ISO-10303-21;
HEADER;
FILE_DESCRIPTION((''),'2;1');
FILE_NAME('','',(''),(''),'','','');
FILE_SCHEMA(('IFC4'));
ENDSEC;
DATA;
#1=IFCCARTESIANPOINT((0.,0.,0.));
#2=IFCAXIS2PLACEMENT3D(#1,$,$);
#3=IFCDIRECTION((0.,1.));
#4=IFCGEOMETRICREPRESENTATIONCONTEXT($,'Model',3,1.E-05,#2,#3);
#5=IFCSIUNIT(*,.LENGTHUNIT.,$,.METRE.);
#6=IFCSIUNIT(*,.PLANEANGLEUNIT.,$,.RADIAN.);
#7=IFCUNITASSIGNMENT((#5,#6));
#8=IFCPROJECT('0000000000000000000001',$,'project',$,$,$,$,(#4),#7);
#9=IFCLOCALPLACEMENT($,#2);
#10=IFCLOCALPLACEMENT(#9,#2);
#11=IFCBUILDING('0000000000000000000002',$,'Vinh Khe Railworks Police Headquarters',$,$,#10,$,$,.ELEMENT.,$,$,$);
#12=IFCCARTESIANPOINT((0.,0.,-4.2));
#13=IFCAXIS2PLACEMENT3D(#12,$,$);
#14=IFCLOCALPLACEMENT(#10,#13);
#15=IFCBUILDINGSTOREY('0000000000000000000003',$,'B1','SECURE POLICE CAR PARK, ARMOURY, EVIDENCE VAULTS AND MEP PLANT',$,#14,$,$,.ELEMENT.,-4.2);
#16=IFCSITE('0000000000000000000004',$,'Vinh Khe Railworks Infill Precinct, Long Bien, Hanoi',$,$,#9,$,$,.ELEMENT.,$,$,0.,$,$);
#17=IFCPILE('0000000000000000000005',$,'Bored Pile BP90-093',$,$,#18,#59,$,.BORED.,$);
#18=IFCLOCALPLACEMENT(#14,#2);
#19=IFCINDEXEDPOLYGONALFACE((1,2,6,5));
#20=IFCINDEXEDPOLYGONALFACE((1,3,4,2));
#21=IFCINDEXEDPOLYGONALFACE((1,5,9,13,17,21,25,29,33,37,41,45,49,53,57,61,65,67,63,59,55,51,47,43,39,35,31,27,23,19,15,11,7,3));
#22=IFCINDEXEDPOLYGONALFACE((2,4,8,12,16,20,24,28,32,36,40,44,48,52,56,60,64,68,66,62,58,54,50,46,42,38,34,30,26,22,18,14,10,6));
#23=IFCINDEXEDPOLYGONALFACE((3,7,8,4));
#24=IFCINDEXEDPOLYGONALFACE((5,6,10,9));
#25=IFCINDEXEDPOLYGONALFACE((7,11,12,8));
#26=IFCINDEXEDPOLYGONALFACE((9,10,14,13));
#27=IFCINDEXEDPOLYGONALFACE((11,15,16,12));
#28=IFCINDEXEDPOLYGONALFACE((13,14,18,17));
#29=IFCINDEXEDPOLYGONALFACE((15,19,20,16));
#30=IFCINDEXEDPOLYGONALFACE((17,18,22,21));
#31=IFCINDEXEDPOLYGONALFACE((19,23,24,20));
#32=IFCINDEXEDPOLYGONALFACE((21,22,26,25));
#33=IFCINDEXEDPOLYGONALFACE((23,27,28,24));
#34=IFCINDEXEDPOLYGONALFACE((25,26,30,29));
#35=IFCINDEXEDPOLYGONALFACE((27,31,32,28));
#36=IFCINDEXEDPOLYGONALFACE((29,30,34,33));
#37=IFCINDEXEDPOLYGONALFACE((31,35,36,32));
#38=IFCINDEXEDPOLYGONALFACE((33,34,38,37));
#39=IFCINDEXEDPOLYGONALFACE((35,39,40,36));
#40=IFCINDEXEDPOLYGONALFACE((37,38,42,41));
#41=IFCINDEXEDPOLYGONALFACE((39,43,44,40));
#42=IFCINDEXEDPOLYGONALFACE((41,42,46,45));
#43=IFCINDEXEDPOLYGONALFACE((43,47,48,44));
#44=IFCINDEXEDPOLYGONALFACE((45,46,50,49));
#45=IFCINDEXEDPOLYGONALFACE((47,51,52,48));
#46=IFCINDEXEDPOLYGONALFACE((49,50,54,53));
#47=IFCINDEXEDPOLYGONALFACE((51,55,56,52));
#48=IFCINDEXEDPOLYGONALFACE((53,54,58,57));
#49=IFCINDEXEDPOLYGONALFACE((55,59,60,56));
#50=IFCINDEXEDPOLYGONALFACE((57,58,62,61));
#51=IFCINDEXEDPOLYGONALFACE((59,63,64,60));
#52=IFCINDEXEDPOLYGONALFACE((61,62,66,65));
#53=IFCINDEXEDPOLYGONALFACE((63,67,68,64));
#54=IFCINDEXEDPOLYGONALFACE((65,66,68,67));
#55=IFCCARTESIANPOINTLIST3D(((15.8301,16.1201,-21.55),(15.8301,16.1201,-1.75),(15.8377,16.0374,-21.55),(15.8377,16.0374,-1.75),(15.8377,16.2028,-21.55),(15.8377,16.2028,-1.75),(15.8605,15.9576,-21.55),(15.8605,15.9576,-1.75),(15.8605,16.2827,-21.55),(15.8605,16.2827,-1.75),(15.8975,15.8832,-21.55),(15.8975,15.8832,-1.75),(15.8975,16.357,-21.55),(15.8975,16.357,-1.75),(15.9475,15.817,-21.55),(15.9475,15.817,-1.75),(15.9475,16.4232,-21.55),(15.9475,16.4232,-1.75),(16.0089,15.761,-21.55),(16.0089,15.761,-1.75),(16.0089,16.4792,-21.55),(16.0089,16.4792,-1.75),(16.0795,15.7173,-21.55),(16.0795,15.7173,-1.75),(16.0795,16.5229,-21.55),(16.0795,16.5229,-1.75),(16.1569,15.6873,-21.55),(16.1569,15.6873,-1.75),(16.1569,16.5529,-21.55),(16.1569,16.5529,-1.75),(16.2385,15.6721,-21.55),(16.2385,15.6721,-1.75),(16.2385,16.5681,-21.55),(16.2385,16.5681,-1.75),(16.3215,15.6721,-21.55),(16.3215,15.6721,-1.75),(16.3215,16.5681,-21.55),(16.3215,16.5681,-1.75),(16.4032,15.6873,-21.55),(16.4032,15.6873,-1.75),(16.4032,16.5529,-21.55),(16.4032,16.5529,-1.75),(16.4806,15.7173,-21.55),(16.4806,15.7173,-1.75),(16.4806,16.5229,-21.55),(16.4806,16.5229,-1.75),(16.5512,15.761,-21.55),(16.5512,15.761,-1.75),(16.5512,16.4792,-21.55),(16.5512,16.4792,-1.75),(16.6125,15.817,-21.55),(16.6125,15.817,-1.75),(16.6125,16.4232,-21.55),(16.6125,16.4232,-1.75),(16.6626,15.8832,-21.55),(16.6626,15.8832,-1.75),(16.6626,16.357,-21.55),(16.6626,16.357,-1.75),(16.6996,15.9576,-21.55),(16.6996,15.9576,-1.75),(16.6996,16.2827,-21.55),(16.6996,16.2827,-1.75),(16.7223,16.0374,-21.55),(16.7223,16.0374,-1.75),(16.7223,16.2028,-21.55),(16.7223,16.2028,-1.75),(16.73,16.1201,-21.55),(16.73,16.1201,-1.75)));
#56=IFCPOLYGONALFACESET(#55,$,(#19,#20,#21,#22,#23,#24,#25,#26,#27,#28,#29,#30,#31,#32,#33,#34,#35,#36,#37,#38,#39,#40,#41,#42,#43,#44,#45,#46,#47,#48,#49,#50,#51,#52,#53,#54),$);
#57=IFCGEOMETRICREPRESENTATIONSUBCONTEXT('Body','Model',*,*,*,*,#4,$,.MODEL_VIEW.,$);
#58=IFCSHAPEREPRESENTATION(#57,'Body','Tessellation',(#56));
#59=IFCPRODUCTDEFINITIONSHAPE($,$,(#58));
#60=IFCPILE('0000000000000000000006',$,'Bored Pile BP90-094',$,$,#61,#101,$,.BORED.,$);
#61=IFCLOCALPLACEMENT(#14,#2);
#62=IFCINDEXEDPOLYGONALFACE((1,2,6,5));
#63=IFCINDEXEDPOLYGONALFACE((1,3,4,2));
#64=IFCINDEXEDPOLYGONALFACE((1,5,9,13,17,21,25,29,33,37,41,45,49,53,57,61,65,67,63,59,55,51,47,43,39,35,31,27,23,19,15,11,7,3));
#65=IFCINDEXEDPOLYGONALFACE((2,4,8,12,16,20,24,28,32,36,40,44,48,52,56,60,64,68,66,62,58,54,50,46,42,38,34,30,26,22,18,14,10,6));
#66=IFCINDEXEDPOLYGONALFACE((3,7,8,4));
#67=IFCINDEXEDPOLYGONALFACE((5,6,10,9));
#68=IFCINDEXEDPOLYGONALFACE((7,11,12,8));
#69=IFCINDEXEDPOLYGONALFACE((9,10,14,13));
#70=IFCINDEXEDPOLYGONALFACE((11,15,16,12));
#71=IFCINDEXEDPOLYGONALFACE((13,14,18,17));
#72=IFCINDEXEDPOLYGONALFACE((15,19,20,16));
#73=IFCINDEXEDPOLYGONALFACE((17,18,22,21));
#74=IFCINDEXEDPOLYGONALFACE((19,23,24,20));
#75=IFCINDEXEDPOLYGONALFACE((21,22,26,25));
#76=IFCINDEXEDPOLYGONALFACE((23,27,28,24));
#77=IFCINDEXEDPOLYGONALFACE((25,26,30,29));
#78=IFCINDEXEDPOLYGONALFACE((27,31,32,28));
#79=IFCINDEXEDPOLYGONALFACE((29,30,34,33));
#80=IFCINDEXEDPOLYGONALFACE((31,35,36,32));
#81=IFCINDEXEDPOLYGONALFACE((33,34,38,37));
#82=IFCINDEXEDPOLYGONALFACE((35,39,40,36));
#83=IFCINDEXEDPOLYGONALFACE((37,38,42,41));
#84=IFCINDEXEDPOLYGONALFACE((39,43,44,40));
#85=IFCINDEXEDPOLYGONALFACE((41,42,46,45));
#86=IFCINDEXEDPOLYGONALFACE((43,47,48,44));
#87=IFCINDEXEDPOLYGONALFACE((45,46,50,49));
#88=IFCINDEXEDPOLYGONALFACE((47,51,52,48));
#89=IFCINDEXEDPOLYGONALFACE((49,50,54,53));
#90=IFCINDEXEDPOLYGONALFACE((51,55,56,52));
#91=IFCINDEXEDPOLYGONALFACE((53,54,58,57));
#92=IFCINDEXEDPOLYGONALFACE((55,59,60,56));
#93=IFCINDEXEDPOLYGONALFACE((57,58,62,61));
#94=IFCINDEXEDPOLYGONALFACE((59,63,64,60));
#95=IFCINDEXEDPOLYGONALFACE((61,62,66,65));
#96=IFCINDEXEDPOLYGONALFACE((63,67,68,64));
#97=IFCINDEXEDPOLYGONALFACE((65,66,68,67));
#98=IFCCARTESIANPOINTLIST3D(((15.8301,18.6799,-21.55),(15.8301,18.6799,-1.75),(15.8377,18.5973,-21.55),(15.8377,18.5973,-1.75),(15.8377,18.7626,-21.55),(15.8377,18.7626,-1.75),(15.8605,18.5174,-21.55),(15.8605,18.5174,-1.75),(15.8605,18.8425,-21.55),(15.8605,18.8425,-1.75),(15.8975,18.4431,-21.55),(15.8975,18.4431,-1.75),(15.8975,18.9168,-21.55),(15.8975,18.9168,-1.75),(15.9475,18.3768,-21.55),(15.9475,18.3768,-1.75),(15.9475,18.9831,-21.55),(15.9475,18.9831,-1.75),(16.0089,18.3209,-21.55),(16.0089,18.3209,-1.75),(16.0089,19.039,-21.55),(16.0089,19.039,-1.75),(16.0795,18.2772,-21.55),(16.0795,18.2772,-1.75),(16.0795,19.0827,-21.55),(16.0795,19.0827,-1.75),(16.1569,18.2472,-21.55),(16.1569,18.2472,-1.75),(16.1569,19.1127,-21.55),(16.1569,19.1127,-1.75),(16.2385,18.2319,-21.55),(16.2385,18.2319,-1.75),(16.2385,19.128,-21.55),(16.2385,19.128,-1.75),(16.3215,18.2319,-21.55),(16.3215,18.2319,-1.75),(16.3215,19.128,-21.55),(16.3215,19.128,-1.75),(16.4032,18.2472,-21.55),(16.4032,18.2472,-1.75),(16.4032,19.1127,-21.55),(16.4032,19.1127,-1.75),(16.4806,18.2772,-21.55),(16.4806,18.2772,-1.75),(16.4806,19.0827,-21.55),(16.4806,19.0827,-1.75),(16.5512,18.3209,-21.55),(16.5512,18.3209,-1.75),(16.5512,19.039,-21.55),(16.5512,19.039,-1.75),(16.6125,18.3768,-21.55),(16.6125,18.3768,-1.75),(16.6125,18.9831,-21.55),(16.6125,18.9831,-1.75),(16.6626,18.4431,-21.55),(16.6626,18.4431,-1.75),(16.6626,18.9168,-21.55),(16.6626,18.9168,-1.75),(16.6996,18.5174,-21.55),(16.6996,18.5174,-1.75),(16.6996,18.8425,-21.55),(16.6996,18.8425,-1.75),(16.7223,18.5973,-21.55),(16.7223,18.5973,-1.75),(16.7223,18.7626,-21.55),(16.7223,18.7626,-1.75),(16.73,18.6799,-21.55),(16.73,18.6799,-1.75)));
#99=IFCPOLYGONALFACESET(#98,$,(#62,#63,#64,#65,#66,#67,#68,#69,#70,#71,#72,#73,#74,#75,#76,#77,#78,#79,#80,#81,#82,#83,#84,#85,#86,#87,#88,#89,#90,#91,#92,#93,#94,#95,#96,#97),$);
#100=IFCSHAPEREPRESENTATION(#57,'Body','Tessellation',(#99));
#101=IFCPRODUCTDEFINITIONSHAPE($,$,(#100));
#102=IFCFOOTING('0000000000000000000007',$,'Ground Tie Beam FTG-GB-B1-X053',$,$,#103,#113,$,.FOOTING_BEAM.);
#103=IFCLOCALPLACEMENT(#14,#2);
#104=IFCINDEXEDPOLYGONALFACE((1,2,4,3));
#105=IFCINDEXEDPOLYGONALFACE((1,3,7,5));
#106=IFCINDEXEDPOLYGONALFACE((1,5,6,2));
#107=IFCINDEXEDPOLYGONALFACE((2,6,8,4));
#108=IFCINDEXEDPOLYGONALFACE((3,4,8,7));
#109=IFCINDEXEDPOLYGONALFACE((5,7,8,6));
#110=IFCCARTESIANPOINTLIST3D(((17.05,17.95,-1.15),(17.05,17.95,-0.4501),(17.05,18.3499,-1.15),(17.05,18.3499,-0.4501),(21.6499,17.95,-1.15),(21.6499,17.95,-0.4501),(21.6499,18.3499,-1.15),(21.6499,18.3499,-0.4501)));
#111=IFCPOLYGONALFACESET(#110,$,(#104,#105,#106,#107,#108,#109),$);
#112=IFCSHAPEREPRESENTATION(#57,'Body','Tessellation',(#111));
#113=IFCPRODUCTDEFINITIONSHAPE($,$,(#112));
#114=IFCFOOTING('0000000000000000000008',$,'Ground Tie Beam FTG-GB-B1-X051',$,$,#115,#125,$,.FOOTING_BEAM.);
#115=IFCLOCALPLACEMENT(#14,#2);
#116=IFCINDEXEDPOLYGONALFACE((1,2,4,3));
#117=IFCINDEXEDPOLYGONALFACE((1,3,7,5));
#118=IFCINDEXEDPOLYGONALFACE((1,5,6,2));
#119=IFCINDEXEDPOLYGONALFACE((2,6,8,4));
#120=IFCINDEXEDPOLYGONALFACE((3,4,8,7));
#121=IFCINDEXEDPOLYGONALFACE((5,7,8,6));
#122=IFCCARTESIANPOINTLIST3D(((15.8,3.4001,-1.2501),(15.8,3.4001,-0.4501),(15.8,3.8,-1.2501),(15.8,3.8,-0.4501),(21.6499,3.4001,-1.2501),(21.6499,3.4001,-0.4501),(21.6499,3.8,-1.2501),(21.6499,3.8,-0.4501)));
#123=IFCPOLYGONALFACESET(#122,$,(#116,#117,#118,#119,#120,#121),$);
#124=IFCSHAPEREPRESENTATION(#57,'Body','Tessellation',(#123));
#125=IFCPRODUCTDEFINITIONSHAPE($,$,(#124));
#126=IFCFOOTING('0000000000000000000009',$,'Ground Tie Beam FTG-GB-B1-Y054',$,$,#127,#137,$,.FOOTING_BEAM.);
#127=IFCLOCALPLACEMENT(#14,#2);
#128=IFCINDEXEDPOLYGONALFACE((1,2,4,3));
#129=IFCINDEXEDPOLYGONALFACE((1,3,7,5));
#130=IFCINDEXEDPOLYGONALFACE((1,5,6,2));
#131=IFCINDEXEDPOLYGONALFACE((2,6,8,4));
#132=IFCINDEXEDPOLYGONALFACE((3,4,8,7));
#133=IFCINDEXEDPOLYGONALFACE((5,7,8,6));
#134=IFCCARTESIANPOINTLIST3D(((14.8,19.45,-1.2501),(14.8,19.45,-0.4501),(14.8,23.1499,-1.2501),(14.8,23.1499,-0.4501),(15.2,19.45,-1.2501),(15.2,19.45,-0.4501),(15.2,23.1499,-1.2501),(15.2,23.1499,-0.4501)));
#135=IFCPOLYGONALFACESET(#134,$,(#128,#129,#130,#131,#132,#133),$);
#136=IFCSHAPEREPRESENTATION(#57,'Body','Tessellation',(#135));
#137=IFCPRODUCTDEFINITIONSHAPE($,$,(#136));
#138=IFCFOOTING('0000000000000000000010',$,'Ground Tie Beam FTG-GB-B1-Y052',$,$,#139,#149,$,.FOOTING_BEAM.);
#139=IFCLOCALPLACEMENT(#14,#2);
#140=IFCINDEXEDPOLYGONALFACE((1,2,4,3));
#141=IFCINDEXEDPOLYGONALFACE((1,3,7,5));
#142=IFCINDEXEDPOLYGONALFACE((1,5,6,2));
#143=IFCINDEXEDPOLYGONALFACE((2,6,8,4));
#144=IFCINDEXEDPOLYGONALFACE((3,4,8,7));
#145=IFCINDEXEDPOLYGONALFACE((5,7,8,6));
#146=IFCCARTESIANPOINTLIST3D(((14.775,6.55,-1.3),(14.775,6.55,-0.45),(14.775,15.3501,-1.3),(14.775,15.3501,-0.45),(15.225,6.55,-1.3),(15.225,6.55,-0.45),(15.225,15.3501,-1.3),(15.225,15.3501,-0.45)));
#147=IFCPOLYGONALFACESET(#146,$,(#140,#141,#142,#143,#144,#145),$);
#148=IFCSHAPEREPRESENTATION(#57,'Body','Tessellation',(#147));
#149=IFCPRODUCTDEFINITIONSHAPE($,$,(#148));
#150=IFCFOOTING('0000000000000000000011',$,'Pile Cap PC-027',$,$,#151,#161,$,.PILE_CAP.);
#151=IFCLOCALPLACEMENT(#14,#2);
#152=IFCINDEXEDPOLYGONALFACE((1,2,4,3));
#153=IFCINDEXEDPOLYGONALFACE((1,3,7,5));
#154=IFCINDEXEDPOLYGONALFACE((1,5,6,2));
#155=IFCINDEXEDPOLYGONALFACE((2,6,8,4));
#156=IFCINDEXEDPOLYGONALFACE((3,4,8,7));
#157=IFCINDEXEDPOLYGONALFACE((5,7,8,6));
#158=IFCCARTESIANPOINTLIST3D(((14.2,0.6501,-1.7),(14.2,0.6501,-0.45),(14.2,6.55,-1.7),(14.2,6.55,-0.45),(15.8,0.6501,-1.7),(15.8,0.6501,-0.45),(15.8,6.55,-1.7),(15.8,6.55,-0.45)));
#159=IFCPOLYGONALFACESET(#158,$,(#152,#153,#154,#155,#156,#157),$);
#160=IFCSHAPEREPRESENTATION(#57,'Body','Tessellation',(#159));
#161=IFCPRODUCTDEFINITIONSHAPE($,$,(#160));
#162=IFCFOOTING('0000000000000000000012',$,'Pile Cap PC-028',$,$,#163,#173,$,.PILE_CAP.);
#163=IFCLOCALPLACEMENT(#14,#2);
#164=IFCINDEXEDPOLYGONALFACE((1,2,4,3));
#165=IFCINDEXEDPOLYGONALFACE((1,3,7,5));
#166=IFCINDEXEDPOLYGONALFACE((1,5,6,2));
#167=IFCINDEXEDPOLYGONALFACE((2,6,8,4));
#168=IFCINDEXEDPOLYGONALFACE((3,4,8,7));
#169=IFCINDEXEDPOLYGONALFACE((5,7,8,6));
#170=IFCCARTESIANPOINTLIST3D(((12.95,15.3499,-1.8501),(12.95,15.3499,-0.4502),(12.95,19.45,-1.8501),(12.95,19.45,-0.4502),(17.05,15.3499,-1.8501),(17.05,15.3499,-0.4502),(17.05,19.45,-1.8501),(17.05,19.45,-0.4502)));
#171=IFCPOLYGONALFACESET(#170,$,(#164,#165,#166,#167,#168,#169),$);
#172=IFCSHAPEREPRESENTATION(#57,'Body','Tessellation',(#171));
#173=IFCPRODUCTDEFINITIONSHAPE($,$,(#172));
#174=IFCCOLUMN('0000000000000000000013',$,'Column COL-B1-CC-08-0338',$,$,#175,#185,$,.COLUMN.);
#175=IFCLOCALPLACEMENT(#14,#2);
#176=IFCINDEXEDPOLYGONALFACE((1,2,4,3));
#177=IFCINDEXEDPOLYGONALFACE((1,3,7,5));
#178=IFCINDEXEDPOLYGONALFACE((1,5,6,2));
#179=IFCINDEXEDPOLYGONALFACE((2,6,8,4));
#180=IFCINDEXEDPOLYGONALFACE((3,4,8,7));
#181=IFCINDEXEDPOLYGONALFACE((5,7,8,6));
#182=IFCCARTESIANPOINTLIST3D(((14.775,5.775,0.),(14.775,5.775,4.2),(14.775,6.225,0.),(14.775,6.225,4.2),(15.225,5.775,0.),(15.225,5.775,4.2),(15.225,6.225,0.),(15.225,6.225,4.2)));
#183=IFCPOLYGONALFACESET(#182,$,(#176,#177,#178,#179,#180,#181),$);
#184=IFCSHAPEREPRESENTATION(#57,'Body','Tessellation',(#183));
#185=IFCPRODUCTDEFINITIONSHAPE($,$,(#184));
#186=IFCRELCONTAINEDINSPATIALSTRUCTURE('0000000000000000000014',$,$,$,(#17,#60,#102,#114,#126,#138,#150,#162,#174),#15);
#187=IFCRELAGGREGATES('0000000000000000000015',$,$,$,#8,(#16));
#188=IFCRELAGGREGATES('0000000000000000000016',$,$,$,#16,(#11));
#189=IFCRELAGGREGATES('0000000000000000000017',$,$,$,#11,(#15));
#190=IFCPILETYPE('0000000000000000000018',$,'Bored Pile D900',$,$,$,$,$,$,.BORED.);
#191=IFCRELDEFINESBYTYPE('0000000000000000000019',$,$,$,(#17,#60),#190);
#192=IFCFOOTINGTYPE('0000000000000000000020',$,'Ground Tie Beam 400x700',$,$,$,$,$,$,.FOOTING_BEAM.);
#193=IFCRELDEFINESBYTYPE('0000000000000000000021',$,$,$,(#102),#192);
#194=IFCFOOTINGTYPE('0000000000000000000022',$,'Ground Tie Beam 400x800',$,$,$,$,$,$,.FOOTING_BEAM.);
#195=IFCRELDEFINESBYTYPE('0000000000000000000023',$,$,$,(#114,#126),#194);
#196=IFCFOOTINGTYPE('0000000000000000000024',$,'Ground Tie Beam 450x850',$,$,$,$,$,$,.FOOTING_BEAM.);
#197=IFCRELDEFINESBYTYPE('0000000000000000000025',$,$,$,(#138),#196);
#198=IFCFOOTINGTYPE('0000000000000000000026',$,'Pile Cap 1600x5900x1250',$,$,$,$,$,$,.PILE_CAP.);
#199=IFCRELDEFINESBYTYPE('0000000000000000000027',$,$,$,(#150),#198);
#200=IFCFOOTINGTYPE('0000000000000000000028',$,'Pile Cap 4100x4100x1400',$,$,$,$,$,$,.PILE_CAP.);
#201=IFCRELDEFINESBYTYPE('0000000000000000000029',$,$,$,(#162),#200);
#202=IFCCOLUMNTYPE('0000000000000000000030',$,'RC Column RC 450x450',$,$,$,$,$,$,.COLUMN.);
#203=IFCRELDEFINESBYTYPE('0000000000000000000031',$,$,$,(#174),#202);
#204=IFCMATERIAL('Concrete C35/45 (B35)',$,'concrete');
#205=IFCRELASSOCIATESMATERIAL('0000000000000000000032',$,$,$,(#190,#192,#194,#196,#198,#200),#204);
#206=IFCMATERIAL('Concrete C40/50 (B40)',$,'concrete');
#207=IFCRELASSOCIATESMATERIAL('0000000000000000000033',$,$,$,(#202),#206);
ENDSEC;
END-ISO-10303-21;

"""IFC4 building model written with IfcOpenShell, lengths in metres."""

from ifc_helpers import new_model, si_unit, direction, frame, origin, origin_2d, place, context, subcontext, project, spatial, rectangle, circle, extrude, material, material_profile, profile_set, type_object, element, save


model = new_model("IFC4")

# Units and contexts
model_context = context("Model", 3, precision=1e-05, world=origin(), true_north=direction((0.0, 1.0)))
body_context = subcontext(model_context, "Body", "Model", "MODEL_VIEW")
ifc_project = project(units=[si_unit("LENGTHUNIT", "METRE"), si_unit("PLANEANGLEUNIT", "RADIAN")], contexts=[model_context])

# Site, building, storey
site_placement = place(None, origin())
site = spatial("IfcSite", under=ifc_project, at=site_placement, Name="Vinh Khe Railworks Infill Precinct, Long Bien, Hanoi", CompositionType="ELEMENT", RefElevation=0.0)
building_placement = place(site_placement, origin())
building = spatial("IfcBuilding", under=site, at=building_placement, Name="Vinh Khe Railworks Police Headquarters", CompositionType="ELEMENT")
storey_placement = place(building_placement, frame((0.0, 0.0, -4.2)))
storey = spatial("IfcBuildingStorey", under=building, at=storey_placement, Name="B1", Description="SECURE POLICE CAR PARK, ARMOURY, EVIDENCE VAULTS AND MEP PLANT", CompositionType="ELEMENT", Elevation=-4.2)

# Piles
ifc_material_1 = material(Name="Concrete C35/45 (B35)", Category="concrete")
ifc_material_profile_1 = material_profile(ifc_material_1, circle(Radius=0.45, at=origin_2d()), Name="BORED PILE D900")
ifc_profile_set_1 = profile_set([ifc_material_profile_1], Name="Concrete C35/45 (B35)")
pile_type = type_object("IfcPileType", Name="Bored Pile D900", PredefinedType="BORED", material=ifc_profile_set_1)
for number, where, z_axis, x_axis, name in (
    (1, (16.28, 16.1201, -1.75), (0.0, 0.0, -1.0), (1.0, 0.0, 0.0), "Bored Pile BP90-093"),
    (2, (16.28, 18.6799, -1.75), (0.0, 0.0, -1.0), (1.0, 0.0, 0.0), "Bored Pile BP90-094"),
):
    element("IfcPile", number, at=place(storey_placement, frame(where, z_axis=z_axis, x_axis=x_axis)), inside=storey, type_object=pile_type, Name=name, PredefinedType="BORED", context=body_context, shape_type="SweptSolid", body=[
        extrude(circle(Radius=0.45, at=origin_2d()), origin(), (0.0, 0.0, 1.0), 19.8),
    ])

# Footings
ifc_material_profile_2 = material_profile(ifc_material_1, rectangle(XDim=0.3999, YDim=0.7, at=origin_2d()), Name="RC 400x700")
ifc_profile_set_2 = profile_set([ifc_material_profile_2], Name="Concrete C35/45 (B35)")
footing_type_1 = type_object("IfcFootingType", Name="Ground Tie Beam 400x700", PredefinedType="FOOTING_BEAM", material=ifc_profile_set_2)
footing_1_placement = place(storey_placement, frame((17.05, 18.1499, -0.8), z_axis=(1.0, 0.0, 0.0), x_axis=(0.0, 1.0, 0.0)))
element("IfcFooting", 3, at=footing_1_placement, inside=storey, type_object=footing_type_1, Name="Ground Tie Beam FTG-GB-B1-X053", PredefinedType="FOOTING_BEAM", context=body_context, shape_type="SweptSolid", body=[
    extrude(rectangle(XDim=0.3999, YDim=0.7, at=origin_2d()), origin(), (0.0, 0.0, 1.0), 4.5999),
])
ifc_material_profile_3 = material_profile(ifc_material_1, rectangle(XDim=0.3999, YDim=0.8, at=origin_2d()), Name="RC 400x800")
ifc_profile_set_3 = profile_set([ifc_material_profile_3], Name="Concrete C35/45 (B35)")
footing_type_2 = type_object("IfcFootingType", Name="Ground Tie Beam 400x800", PredefinedType="FOOTING_BEAM", material=ifc_profile_set_3)
footing_2_placement = place(storey_placement, frame((15.8, 3.6001, -0.8501), z_axis=(1.0, 0.0, 0.0), x_axis=(0.0, 1.0, 0.0)))
element("IfcFooting", 4, at=footing_2_placement, inside=storey, type_object=footing_type_2, Name="Ground Tie Beam FTG-GB-B1-X051", PredefinedType="FOOTING_BEAM", context=body_context, shape_type="SweptSolid", body=[
    extrude(rectangle(XDim=0.3999, YDim=0.8, at=origin_2d()), origin(), (0.0, 0.0, 1.0), 5.8499),
])
footing_3_placement = place(storey_placement, frame((15.0, 19.45, -0.8501), z_axis=(0.0, 1.0, 0.0), x_axis=(-1.0, 0.0, 0.0)))
element("IfcFooting", 5, at=footing_3_placement, inside=storey, type_object=footing_type_2, Name="Ground Tie Beam FTG-GB-B1-Y054", PredefinedType="FOOTING_BEAM", context=body_context, shape_type="SweptSolid", body=[
    extrude(rectangle(XDim=0.3999, YDim=0.8, at=origin_2d()), origin(), (0.0, 0.0, 1.0), 3.7),
])
ifc_material_profile_4 = material_profile(ifc_material_1, rectangle(XDim=0.45, YDim=0.8501, at=origin_2d()), Name="RC 450x850")
ifc_profile_set_4 = profile_set([ifc_material_profile_4], Name="Concrete C35/45 (B35)")
footing_type_3 = type_object("IfcFootingType", Name="Ground Tie Beam 450x850", PredefinedType="FOOTING_BEAM", material=ifc_profile_set_4)
footing_4_placement = place(storey_placement, frame((15.0, 6.55, -0.875), z_axis=(0.0, 1.0, 0.0), x_axis=(-1.0, 0.0, 0.0)))
element("IfcFooting", 6, at=footing_4_placement, inside=storey, type_object=footing_type_3, Name="Ground Tie Beam FTG-GB-B1-Y052", PredefinedType="FOOTING_BEAM", context=body_context, shape_type="SweptSolid", body=[
    extrude(rectangle(XDim=0.45, YDim=0.8501, at=origin_2d()), origin(), (0.0, 0.0, 1.0), 8.8),
])
footing_type_4 = type_object("IfcFootingType", Name="Pile Cap 1600x5900x1250", PredefinedType="PILE_CAP", material=ifc_material_1)
footing_5_placement = place(storey_placement, frame((15.0, 3.6001, -1.7), z_axis=(0.0, 0.0, 1.0), x_axis=(1.0, 0.0, 0.0)))
element("IfcFooting", 7, at=footing_5_placement, inside=storey, type_object=footing_type_4, Name="Pile Cap PC-027", PredefinedType="PILE_CAP", context=body_context, shape_type="SweptSolid", body=[
    extrude(rectangle(XDim=1.6001, YDim=5.8999, at=origin_2d()), origin(), (0.0, 0.0, 1.0), 1.25),
])
footing_type_5 = type_object("IfcFootingType", Name="Pile Cap 4100x4100x1400", PredefinedType="PILE_CAP", material=ifc_material_1)
footing_6_placement = place(storey_placement, frame((15.0, 17.3999, -1.8501), z_axis=(0.0, 0.0, 1.0), x_axis=(1.0, 0.0, 0.0)))
element("IfcFooting", 8, at=footing_6_placement, inside=storey, type_object=footing_type_5, Name="Pile Cap PC-028", PredefinedType="PILE_CAP", context=body_context, shape_type="SweptSolid", body=[
    extrude(rectangle(XDim=4.1001, YDim=4.1001, at=origin_2d()), origin(), (0.0, 0.0, 1.0), 1.3999),
])

# Column
ifc_material_2 = material(Name="Concrete C40/50 (B40)", Category="concrete")
ifc_material_profile_5 = material_profile(ifc_material_2, rectangle(XDim=0.45, YDim=0.45, at=origin_2d()), Name="RC 450x450")
ifc_profile_set_5 = profile_set([ifc_material_profile_5], Name="Concrete C40/50 (B40)")
column_type_1 = type_object("IfcColumnType", Name="RC Column RC 450x450", PredefinedType="COLUMN", material=ifc_profile_set_5)
column_1_placement = place(storey_placement, frame((15.0, 6.0, 0.0), z_axis=(0.0, 0.0, 1.0), x_axis=(1.0, 0.0, 0.0)))
element("IfcColumn", 9, at=column_1_placement, inside=storey, type_object=column_type_1, Name="Column COL-B1-CC-08-0338", PredefinedType="COLUMN", context=body_context, shape_type="SweptSolid", body=[
    extrude(rectangle(XDim=0.45, YDim=0.45, at=origin_2d()), origin(), (0.0, 0.0, 1.0), 4.2),
])

save(model, "model.ifc")
